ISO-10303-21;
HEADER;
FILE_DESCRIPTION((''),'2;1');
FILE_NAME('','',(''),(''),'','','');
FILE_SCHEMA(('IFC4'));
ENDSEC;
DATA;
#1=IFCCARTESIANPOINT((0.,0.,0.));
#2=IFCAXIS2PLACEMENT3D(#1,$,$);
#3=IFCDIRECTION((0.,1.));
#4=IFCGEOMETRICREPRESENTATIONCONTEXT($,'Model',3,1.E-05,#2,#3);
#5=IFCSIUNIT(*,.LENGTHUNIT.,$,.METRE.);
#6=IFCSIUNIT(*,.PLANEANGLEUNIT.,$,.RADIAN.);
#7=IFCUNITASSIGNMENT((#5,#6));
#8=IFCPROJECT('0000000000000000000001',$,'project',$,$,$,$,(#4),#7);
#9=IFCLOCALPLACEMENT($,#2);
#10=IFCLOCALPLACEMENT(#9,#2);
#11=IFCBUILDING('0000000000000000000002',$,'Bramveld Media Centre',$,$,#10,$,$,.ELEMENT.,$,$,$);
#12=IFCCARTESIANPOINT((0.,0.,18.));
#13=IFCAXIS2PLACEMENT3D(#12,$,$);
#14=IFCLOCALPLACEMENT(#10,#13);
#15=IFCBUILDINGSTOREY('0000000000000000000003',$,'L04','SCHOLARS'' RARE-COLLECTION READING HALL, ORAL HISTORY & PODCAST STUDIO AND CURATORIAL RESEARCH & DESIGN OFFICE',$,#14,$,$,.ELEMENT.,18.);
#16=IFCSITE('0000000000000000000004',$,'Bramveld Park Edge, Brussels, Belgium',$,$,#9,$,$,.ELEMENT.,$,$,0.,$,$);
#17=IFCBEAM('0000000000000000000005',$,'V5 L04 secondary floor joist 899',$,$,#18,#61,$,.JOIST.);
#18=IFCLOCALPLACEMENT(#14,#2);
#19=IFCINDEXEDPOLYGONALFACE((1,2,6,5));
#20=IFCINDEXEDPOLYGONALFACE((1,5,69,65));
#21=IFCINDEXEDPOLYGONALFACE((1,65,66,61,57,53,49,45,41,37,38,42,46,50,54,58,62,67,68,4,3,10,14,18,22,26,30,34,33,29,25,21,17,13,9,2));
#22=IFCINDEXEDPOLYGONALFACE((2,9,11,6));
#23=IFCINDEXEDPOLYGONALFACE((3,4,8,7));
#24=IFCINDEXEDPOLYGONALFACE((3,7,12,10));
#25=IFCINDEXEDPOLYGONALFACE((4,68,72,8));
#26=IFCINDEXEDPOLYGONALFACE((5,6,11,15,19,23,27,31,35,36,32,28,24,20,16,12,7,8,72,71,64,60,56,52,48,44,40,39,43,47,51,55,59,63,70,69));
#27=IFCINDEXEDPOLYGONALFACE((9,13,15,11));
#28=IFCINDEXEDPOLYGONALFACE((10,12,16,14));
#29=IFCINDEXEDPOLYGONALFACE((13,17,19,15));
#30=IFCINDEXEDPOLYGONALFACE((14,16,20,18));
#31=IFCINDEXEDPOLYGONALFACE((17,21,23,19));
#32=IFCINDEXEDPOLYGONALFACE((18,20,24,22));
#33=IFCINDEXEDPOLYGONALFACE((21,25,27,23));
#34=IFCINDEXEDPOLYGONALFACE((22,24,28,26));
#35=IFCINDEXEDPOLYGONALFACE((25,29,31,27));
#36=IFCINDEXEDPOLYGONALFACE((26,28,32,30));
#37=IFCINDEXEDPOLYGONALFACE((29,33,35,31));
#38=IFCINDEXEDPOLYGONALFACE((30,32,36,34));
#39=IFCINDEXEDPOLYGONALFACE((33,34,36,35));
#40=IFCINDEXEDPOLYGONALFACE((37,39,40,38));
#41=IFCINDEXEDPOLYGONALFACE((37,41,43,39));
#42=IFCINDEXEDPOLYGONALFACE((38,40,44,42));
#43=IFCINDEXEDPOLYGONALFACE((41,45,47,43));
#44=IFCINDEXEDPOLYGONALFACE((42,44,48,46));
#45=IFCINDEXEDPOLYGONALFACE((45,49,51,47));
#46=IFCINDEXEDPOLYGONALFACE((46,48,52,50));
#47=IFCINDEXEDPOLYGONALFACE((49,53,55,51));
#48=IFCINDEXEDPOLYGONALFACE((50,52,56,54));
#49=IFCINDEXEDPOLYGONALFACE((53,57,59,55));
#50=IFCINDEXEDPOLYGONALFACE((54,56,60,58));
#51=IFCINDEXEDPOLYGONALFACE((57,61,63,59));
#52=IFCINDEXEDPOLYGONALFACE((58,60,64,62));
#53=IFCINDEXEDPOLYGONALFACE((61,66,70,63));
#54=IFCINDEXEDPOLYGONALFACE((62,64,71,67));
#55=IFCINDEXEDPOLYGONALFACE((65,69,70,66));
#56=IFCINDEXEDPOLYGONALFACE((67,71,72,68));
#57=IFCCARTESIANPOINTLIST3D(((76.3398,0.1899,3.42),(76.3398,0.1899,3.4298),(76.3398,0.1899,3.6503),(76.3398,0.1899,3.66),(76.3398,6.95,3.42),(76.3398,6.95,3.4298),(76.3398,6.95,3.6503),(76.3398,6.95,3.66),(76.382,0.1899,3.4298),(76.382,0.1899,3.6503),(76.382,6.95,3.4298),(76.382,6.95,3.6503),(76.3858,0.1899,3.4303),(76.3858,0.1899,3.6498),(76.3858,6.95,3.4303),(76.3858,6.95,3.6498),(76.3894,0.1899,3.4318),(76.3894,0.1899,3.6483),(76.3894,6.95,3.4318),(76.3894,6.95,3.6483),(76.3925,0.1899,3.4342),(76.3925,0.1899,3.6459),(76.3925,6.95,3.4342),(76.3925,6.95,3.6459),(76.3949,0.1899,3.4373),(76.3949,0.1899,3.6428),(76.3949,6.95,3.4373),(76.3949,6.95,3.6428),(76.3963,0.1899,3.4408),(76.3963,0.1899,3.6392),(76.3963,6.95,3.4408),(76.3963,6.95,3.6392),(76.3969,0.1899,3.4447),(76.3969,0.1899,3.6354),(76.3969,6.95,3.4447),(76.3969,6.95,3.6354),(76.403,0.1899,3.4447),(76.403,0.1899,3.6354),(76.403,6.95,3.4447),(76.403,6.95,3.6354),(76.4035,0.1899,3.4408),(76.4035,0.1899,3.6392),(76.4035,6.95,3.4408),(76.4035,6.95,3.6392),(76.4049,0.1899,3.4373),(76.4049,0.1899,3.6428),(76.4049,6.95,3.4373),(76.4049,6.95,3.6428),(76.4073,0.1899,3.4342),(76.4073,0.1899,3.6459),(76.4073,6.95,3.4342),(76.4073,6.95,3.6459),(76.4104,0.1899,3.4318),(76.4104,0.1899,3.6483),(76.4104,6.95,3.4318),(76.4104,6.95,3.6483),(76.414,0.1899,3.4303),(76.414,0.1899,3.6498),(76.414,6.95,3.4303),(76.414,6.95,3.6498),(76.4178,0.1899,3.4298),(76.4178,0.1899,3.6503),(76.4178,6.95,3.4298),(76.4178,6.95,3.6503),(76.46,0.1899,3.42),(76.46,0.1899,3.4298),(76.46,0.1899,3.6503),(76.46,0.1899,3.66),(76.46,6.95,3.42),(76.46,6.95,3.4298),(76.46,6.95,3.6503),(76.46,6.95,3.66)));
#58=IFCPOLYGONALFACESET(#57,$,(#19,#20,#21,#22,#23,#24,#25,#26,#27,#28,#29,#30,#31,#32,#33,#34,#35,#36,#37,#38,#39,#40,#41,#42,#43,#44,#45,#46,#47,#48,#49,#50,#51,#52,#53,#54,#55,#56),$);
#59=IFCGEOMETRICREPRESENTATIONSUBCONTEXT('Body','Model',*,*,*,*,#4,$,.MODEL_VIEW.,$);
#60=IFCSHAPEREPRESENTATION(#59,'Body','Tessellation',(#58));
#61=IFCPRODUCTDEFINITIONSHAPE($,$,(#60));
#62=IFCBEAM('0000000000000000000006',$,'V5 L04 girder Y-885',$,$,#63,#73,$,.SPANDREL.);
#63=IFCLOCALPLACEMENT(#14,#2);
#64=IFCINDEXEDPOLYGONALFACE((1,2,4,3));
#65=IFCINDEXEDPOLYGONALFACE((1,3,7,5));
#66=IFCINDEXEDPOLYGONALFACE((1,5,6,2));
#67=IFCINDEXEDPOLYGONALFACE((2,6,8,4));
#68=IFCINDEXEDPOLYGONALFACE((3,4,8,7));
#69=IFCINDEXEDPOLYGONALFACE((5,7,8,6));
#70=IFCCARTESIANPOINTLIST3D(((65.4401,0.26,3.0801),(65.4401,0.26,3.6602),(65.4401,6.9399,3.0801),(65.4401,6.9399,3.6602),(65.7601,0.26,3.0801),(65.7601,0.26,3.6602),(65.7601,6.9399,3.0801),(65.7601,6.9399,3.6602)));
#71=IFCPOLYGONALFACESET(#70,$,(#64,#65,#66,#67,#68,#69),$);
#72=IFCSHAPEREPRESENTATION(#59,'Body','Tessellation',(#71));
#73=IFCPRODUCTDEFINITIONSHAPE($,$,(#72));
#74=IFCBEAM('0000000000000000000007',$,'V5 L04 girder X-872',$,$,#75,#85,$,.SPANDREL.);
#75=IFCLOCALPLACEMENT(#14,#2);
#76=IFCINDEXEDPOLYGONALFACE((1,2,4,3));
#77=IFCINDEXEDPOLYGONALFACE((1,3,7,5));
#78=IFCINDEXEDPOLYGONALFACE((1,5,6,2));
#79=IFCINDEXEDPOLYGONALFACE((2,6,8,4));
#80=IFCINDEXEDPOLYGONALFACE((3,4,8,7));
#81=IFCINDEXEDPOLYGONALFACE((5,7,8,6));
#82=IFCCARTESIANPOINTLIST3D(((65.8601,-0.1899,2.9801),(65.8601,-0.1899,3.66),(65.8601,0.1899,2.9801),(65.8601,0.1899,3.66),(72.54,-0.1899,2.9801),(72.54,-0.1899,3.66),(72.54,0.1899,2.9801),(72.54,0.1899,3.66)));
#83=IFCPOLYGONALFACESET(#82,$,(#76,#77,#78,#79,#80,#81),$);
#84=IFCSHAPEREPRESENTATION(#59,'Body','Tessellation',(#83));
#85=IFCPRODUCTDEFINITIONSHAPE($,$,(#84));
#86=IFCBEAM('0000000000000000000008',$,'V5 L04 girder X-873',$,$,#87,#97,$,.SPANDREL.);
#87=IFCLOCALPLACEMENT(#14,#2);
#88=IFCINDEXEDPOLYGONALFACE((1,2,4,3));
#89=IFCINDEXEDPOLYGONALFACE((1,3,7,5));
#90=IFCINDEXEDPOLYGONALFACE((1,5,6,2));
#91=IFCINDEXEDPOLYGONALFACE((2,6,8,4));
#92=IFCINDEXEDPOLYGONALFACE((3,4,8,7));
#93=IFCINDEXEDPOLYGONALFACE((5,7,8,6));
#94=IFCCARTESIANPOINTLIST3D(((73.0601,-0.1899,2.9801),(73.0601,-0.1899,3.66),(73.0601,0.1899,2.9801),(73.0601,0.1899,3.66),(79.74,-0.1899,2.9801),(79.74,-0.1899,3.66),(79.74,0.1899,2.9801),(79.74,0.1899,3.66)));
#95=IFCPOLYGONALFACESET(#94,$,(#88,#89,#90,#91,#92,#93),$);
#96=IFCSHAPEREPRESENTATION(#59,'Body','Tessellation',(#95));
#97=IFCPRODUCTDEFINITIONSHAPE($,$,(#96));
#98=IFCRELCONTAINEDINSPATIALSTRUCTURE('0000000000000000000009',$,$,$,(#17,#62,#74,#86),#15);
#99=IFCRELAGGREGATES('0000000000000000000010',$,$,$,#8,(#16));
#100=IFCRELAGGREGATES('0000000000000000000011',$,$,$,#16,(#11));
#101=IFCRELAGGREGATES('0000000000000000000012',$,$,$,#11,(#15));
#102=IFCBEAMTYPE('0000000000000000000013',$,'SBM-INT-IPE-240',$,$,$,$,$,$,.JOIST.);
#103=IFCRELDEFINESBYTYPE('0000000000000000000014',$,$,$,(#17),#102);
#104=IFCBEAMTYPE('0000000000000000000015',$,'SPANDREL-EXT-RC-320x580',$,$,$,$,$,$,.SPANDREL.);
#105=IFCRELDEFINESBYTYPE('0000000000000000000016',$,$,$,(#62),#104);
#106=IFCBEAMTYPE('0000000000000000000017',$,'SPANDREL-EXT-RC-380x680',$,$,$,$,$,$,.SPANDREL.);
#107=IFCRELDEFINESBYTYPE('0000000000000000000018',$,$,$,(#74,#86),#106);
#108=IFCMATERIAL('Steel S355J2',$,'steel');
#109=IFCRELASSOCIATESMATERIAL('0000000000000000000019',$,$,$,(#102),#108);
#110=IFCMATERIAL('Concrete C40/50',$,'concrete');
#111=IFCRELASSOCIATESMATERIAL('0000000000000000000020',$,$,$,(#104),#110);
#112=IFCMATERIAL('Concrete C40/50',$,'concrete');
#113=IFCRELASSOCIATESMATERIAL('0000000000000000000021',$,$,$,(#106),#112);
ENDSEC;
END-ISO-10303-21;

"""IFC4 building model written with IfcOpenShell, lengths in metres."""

from ifc_helpers import new_model, si_unit, direction, frame, origin, origin_2d, place, context, subcontext, project, spatial, rectangle, i_section, extrude, material, material_profile, profile_set, type_object, element, save


model = new_model("IFC4")

# Units and contexts
model_context = context("Model", 3, precision=1e-05, world=origin(), true_north=direction((0.0, 1.0)))
body_context = subcontext(model_context, "Body", "Model", "MODEL_VIEW")
ifc_project = project(units=[si_unit("LENGTHUNIT", "METRE"), si_unit("PLANEANGLEUNIT", "RADIAN")], contexts=[model_context])

# Site, building, storey
site_placement = place(None, origin())
site = spatial("IfcSite", under=ifc_project, at=site_placement, Name="Bramveld Park Edge, Brussels, Belgium", CompositionType="ELEMENT", RefElevation=0.0)
building_placement = place(site_placement, origin())
building = spatial("IfcBuilding", under=site, at=building_placement, Name="Bramveld Media Centre", CompositionType="ELEMENT")
storey_placement = place(building_placement, frame((0.0, 0.0, 18.0)))
storey = spatial("IfcBuildingStorey", under=building, at=storey_placement, Name="L04", Description="SCHOLARS' RARE-COLLECTION READING HALL, ORAL HISTORY & PODCAST STUDIO AND CURATORIAL RESEARCH & DESIGN OFFICE", CompositionType="ELEMENT", Elevation=18.0)

# Beams
ifc_material_1 = material(Name="Steel S355J2", Category="steel")
ifc_material_profile_1 = material_profile(ifc_material_1, i_section(OverallWidth=0.1201, OverallDepth=0.24, WebThickness=0.0061, FlangeThickness=0.0098, FilletRadius=0.0149, at=origin_2d()), Name="IPE 240")
ifc_profile_set_1 = profile_set([ifc_material_profile_1], Name="Steel S355J2")
beam_type_1 = type_object("IfcBeamType", Name="SBM-INT-IPE-240", PredefinedType="JOIST", material=ifc_profile_set_1)
beam_1_placement = place(storey_placement, frame((76.3999, 0.1899, 3.54), z_axis=(0.0, 1.0, 0.0), x_axis=(-1.0, 0.0, 0.0)))
element("IfcBeam", 1, at=beam_1_placement, inside=storey, type_object=beam_type_1, Name="V5 L04 secondary floor joist 899", PredefinedType="JOIST", context=body_context, shape_type="SweptSolid", body=[
    extrude(i_section(OverallWidth=0.1201, OverallDepth=0.24, WebThickness=0.0061, FlangeThickness=0.0098, FilletRadius=0.0149, at=origin_2d()), origin(), (0.0, 0.0, 1.0), 6.76),
])
ifc_material_2 = material(Name="Concrete C40/50", Category="concrete")
ifc_material_profile_2 = material_profile(ifc_material_2, rectangle(XDim=0.3201, YDim=0.5801, at=origin_2d()), Name="RC 320x580")
ifc_profile_set_2 = profile_set([ifc_material_profile_2], Name="Concrete C40/50")
beam_type_2 = type_object("IfcBeamType", Name="SPANDREL-EXT-RC-320x580", PredefinedType="SPANDREL", material=ifc_profile_set_2)
beam_2_placement = place(storey_placement, frame((65.6001, 0.26, 3.3701), z_axis=(0.0, 1.0, 0.0), x_axis=(-1.0, 0.0, 0.0)))
element("IfcBeam", 2, at=beam_2_placement, inside=storey, type_object=beam_type_2, Name="V5 L04 girder Y-885", PredefinedType="SPANDREL", context=body_context, shape_type="SweptSolid", body=[
    extrude(rectangle(XDim=0.3201, YDim=0.5801, at=origin_2d()), origin(), (0.0, 0.0, 1.0), 6.6799),
])
ifc_material_3 = material(Name="Concrete C40/50", Category="concrete")
ifc_material_profile_3 = material_profile(ifc_material_3, rectangle(XDim=0.3799, YDim=0.6799, at=origin_2d()), Name="RC 380x680")
ifc_profile_set_3 = profile_set([ifc_material_profile_3], Name="Concrete C40/50")
beam_type_3 = type_object("IfcBeamType", Name="SPANDREL-EXT-RC-380x680", PredefinedType="SPANDREL", material=ifc_profile_set_3)
for number, where, z_axis, x_axis, name in (
    (3, (65.8601, 0.0, 3.3201), (1.0, 0.0, 0.0), (0.0, 1.0, 0.0), "V5 L04 girder X-872"),
    (4, (73.0601, 0.0, 3.3201), (1.0, 0.0, 0.0), (0.0, 1.0, 0.0), "V5 L04 girder X-873"),
):
    element("IfcBeam", number, at=place(storey_placement, frame(where, z_axis=z_axis, x_axis=x_axis)), inside=storey, type_object=beam_type_3, Name=name, PredefinedType="SPANDREL", context=body_context, shape_type="SweptSolid", body=[
        extrude(rectangle(XDim=0.3799, YDim=0.6799, at=origin_2d()), origin(), (0.0, 0.0, 1.0), 6.6799),
    ])

save(model, "model.ifc")
